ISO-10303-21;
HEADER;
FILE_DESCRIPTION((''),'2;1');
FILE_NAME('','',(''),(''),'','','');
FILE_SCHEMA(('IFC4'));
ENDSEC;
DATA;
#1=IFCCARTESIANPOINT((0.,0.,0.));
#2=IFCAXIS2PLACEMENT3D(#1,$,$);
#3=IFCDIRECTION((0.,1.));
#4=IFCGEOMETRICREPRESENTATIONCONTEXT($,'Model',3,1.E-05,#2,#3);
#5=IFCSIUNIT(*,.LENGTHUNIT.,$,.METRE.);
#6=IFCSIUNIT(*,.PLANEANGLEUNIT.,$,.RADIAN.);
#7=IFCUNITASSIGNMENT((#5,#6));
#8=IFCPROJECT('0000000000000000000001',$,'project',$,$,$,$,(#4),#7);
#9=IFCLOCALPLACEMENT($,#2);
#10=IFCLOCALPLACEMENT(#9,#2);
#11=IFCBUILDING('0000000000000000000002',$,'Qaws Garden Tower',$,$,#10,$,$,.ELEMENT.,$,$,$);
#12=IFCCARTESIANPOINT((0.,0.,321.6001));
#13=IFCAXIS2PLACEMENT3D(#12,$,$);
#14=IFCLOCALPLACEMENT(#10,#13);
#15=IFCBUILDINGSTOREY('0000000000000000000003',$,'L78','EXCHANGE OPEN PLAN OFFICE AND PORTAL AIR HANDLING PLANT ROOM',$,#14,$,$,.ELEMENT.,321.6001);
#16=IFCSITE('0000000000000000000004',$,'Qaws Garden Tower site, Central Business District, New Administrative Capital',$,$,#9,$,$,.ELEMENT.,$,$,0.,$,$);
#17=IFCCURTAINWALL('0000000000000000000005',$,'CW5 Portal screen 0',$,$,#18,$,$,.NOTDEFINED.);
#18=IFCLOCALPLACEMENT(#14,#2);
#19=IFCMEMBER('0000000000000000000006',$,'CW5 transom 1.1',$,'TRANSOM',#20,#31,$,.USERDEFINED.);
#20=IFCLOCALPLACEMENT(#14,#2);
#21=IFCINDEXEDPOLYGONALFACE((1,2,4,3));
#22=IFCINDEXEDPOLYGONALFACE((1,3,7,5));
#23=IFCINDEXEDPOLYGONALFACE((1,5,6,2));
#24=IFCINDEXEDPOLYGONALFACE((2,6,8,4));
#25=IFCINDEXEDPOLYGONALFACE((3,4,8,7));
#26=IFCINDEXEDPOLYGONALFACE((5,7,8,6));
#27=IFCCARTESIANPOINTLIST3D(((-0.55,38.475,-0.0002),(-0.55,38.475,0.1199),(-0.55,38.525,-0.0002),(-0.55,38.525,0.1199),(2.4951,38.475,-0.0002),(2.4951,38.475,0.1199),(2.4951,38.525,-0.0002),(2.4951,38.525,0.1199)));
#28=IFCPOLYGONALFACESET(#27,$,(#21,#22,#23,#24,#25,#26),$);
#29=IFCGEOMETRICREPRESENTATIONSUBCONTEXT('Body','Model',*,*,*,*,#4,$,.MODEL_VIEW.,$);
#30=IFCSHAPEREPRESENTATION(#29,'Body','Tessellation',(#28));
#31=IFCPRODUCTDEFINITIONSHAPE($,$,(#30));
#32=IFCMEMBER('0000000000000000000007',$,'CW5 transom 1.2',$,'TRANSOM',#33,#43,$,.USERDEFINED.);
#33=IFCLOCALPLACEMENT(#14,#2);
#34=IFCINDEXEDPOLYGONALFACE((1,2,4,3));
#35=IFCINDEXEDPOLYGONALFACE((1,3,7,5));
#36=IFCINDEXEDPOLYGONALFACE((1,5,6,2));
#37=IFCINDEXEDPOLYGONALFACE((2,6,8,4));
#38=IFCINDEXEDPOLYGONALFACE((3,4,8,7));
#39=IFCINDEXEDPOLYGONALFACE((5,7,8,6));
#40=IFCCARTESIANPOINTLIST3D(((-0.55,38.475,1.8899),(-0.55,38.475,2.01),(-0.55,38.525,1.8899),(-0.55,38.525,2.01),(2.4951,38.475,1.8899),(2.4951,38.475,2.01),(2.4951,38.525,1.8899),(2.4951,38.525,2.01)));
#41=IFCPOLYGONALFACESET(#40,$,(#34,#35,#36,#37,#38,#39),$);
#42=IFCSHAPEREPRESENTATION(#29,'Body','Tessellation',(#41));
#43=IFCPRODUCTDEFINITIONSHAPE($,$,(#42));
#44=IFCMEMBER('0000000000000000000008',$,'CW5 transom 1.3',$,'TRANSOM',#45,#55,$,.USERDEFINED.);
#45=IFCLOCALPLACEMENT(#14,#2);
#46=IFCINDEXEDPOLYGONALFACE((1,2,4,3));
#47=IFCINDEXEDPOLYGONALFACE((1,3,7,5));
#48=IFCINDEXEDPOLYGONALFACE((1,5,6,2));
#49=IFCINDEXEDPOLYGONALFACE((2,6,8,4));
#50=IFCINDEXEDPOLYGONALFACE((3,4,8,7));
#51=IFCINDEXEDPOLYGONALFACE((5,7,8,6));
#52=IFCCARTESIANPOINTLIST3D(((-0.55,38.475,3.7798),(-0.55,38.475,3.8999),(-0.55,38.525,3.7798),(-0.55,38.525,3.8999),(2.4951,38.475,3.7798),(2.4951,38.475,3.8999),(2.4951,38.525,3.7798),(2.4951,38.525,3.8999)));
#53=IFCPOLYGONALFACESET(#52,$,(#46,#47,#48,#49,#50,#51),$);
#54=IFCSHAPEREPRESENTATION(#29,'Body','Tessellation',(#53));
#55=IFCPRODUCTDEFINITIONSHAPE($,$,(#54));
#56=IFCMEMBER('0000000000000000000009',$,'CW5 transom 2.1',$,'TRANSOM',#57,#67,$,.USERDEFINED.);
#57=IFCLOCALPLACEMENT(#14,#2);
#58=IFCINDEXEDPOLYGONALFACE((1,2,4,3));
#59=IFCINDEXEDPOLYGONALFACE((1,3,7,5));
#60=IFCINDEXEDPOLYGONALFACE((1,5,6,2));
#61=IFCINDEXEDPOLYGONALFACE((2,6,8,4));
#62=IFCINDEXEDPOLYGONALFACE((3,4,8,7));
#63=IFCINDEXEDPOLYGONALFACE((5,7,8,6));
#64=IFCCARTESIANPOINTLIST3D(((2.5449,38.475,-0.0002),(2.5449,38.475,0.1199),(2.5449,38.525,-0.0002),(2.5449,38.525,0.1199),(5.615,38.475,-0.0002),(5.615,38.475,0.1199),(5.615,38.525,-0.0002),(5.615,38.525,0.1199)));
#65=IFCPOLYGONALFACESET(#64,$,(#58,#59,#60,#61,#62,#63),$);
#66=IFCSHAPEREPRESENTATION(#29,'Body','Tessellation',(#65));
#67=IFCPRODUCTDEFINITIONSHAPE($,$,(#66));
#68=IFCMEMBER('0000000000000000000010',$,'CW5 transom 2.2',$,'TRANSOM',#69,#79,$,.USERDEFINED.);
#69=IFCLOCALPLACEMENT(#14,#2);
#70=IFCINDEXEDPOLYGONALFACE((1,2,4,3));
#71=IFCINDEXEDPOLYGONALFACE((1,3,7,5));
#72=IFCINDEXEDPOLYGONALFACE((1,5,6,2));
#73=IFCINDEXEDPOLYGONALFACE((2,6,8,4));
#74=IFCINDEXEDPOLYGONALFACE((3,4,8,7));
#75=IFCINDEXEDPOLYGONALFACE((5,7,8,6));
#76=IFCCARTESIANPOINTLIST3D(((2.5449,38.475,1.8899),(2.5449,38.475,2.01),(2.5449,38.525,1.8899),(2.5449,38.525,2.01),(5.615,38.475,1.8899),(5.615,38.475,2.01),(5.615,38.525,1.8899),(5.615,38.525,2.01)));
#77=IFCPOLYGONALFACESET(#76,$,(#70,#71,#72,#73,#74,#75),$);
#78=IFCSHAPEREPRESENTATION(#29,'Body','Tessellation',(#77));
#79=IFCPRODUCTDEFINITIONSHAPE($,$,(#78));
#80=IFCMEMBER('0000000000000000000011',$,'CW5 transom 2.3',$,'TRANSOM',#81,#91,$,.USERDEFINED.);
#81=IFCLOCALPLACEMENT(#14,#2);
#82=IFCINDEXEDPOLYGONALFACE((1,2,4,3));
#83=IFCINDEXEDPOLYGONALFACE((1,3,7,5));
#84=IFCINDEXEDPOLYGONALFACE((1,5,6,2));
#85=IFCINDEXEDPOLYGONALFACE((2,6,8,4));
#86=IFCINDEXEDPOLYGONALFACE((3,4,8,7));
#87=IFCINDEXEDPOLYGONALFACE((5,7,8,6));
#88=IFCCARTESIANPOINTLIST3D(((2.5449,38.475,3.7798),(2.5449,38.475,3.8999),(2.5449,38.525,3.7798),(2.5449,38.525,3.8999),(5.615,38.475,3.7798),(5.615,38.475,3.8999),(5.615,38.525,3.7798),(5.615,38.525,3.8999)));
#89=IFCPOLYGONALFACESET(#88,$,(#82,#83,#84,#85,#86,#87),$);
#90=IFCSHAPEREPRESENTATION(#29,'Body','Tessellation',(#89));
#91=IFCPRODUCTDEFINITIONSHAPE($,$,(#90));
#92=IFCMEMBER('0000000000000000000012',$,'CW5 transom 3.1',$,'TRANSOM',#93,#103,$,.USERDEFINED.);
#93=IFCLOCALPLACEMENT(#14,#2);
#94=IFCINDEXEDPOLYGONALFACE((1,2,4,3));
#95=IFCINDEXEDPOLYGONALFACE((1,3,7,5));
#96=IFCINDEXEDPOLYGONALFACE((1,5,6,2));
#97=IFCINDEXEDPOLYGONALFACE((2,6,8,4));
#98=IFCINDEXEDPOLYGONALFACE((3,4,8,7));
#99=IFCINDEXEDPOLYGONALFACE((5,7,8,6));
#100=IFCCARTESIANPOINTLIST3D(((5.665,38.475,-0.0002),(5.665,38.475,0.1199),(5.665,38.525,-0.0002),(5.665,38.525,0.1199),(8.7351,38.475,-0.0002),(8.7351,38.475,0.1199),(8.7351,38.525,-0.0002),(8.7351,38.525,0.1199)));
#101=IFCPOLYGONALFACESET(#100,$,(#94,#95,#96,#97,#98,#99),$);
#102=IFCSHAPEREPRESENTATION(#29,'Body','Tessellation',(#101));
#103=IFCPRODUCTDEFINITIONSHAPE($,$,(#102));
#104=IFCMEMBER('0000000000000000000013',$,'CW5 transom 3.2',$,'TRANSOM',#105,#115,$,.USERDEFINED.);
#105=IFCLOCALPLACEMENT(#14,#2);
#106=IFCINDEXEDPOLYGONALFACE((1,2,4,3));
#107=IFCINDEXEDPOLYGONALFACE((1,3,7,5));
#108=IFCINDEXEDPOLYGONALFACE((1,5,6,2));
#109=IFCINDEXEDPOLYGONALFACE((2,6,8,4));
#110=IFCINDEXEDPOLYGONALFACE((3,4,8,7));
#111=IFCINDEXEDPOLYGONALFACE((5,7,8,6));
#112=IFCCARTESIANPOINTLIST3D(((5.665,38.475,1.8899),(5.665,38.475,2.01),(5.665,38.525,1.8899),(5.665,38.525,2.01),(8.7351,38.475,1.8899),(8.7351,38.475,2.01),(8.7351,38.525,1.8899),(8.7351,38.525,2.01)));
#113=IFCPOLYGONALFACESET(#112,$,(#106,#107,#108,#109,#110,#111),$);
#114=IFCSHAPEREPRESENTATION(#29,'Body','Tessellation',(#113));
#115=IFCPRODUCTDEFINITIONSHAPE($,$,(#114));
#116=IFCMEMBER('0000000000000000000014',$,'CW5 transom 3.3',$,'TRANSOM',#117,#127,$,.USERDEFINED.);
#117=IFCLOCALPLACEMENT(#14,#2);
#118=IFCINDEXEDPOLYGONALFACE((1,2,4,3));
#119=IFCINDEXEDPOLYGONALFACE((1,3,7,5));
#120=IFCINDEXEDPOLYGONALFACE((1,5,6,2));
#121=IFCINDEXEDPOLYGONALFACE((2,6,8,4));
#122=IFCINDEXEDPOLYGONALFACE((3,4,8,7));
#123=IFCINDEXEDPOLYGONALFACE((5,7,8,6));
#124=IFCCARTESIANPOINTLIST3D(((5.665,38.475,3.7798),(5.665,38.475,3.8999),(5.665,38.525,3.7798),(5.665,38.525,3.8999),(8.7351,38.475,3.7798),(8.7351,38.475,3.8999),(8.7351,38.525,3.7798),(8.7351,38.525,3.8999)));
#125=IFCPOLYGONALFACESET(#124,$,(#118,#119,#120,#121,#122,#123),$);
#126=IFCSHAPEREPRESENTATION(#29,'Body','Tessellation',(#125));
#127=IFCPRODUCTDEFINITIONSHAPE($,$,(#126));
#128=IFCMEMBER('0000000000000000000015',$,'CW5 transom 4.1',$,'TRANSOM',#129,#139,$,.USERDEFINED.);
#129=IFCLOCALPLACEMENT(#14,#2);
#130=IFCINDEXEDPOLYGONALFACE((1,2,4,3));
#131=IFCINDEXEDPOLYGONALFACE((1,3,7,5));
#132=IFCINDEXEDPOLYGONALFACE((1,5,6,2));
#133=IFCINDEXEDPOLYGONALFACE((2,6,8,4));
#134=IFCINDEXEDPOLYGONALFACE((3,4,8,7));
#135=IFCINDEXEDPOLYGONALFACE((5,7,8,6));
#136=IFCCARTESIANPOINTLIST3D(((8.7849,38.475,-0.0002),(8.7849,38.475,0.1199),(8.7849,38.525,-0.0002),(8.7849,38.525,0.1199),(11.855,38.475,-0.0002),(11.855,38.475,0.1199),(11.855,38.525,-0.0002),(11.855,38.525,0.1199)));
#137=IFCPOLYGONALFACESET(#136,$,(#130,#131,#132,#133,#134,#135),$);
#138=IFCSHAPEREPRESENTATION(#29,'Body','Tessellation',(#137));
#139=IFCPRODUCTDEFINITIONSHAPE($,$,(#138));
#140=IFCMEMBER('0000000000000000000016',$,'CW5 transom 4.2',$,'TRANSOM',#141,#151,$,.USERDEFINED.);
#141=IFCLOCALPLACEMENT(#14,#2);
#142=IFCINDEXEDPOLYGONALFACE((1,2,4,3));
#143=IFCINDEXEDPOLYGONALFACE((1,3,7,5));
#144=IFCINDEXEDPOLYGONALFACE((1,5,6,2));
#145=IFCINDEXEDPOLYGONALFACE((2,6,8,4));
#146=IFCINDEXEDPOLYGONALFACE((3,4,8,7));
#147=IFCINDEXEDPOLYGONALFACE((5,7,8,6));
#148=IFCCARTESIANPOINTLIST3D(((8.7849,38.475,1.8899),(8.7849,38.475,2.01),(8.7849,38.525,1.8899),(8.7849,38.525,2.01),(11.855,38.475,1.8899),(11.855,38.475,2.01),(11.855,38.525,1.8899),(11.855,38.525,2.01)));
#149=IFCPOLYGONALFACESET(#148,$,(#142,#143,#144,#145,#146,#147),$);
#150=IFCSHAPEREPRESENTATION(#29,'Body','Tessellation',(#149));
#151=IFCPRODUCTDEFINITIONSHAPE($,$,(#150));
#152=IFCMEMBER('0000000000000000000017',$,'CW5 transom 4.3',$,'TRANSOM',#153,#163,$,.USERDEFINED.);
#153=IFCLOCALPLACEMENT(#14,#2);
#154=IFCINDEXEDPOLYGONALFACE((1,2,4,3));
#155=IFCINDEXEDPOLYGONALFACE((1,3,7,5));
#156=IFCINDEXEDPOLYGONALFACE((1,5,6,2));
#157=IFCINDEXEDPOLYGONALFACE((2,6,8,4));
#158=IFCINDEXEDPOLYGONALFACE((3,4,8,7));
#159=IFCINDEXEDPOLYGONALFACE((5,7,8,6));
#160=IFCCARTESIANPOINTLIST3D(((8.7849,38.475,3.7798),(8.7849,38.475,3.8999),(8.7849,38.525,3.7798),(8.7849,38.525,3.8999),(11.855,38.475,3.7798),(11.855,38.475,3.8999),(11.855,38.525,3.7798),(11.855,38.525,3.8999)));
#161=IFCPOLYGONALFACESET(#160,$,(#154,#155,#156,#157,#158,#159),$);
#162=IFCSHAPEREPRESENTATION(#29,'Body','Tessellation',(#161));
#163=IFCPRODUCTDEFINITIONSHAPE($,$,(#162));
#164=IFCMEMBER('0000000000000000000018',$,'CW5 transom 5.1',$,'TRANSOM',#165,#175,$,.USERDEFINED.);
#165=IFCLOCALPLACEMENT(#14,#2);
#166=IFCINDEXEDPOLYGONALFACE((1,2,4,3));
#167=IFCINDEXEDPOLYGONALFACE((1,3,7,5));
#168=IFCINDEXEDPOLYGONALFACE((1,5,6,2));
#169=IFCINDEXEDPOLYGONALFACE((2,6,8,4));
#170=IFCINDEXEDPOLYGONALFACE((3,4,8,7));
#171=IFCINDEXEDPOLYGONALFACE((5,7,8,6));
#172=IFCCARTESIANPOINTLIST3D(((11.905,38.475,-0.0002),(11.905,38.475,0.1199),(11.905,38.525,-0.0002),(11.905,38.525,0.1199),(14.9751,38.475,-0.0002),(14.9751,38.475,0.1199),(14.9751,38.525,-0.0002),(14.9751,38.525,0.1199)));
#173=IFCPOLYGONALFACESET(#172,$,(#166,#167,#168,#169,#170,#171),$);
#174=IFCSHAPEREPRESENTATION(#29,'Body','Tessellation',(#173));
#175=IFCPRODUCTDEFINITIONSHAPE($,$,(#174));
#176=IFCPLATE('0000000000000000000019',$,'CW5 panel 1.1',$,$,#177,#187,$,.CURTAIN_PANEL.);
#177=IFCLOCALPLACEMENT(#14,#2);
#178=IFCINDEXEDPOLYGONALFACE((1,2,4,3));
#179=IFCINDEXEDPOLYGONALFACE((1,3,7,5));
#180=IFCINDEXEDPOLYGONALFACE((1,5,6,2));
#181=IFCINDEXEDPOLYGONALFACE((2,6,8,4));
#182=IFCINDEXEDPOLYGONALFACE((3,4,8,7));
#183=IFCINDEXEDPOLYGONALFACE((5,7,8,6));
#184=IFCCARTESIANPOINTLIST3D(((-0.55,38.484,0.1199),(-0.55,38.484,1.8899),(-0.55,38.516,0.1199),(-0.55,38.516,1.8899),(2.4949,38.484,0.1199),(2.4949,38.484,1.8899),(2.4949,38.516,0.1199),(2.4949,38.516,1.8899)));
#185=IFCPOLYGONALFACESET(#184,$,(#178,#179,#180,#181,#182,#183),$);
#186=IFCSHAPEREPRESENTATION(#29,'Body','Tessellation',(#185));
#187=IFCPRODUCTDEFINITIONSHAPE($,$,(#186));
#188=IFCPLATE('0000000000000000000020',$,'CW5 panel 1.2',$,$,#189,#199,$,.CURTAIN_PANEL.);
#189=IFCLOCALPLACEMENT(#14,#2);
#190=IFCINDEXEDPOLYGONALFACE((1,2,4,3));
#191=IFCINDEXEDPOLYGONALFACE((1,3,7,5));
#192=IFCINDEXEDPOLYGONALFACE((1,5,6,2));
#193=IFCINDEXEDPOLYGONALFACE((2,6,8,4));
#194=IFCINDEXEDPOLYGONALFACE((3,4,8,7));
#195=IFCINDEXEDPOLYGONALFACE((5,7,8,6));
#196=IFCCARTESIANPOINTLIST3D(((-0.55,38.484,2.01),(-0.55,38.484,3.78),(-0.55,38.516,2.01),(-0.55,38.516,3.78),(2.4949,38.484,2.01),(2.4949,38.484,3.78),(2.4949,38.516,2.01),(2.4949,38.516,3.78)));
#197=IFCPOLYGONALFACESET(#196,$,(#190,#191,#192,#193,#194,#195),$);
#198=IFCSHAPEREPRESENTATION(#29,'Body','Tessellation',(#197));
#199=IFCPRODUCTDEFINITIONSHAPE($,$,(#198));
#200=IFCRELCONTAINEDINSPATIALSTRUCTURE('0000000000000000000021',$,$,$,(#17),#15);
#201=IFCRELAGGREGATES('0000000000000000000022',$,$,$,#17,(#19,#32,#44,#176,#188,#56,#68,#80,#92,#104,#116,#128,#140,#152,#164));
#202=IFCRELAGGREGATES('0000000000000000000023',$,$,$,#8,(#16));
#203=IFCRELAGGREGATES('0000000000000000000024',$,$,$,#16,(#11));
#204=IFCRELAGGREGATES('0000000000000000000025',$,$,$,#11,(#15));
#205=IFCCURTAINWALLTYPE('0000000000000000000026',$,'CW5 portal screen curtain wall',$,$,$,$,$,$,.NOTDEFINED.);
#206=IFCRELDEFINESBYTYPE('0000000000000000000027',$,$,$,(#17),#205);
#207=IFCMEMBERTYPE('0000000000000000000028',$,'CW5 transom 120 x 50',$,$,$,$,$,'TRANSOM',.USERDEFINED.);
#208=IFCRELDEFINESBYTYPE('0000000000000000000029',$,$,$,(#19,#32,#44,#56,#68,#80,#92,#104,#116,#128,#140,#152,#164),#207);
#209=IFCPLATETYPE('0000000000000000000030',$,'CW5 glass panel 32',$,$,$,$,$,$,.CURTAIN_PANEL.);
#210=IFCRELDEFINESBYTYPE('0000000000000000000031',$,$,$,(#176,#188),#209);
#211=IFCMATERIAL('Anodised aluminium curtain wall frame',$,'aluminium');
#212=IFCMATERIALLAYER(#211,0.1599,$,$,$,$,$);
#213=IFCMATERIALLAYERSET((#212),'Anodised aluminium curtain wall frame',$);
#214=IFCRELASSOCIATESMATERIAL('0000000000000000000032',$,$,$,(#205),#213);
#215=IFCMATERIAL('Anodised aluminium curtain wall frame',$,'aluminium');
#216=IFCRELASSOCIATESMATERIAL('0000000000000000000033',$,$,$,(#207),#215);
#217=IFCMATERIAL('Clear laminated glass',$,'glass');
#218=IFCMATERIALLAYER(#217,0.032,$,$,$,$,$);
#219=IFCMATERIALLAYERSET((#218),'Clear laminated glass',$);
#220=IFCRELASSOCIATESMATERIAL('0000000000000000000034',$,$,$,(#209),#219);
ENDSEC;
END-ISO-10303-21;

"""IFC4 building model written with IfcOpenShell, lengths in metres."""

from ifc_helpers import new_model, si_unit, direction, frame, origin, origin_2d, place, context, subcontext, project, spatial, rectangle, extrude, material, layer, layer_set, material_profile, profile_set, type_object, element, aggregate, save


model = new_model("IFC4")

# Units and contexts
model_context = context("Model", 3, precision=1e-05, world=origin(), true_north=direction((0.0, 1.0)))
body_context = subcontext(model_context, "Body", "Model", "MODEL_VIEW")
ifc_project = project(units=[si_unit("LENGTHUNIT", "METRE"), si_unit("PLANEANGLEUNIT", "RADIAN")], contexts=[model_context])

# Site, building, storey
site_placement = place(None, origin())
site = spatial("IfcSite", under=ifc_project, at=site_placement, Name="Qaws Garden Tower site, Central Business District, New Administrative Capital", CompositionType="ELEMENT", RefElevation=0.0)
building_placement = place(site_placement, origin())
building = spatial("IfcBuilding", under=site, at=building_placement, Name="Qaws Garden Tower", CompositionType="ELEMENT")
storey_placement = place(building_placement, frame((0.0, 0.0, 321.6001)))
storey = spatial("IfcBuildingStorey", under=building, at=storey_placement, Name="L78", Description="EXCHANGE OPEN PLAN OFFICE AND PORTAL AIR HANDLING PLANT ROOM", CompositionType="ELEMENT", Elevation=321.6001)

# Curtain wall, members, plates
ifc_material_1 = material(Name="Anodised aluminium curtain wall frame", Category="aluminium")
ifc_layer_1 = layer(ifc_material_1, 0.1599)
ifc_layer_set_1 = layer_set([ifc_layer_1], Name="Anodised aluminium curtain wall frame")
curtain_wall_type = type_object("IfcCurtainWallType", Name="CW5 portal screen curtain wall", PredefinedType="NOTDEFINED", material=ifc_layer_set_1)
curtain_wall_placement = place(storey_placement, origin())
curtain_wall = element("IfcCurtainWall", 1, at=curtain_wall_placement, inside=storey, type_object=curtain_wall_type, Name="CW5 Portal screen 0", PredefinedType="NOTDEFINED")
ifc_material_2 = material(Name="Anodised aluminium curtain wall frame", Category="aluminium")
ifc_material_profile = material_profile(ifc_material_2, rectangle(XDim=0.05, YDim=0.1201, at=origin_2d()), Name="AL 50x120")
ifc_profile_set = profile_set([ifc_material_profile], Name="Anodised aluminium curtain wall frame")
member_type = type_object("IfcMemberType", Name="CW5 transom 120 x 50", ElementType="TRANSOM", PredefinedType="USERDEFINED", material=ifc_profile_set)
member_1_placement = place(storey_placement, frame((-0.55, 38.5, 0.0598), z_axis=(1.0, 0.0, 0.0), x_axis=(0.0, 1.0, 0.0)))
member_1 = element("IfcMember", 2, at=member_1_placement, type_object=member_type, Name="CW5 transom 1.1", ObjectType="TRANSOM", PredefinedType="USERDEFINED", context=body_context, shape_type="SweptSolid", body=[
    extrude(rectangle(XDim=0.05, YDim=0.1201, at=origin_2d()), origin(), (0.0, 0.0, 1.0), 3.0452),
])
member_2_placement = place(storey_placement, frame((-0.55, 38.5, 1.95), z_axis=(1.0, 0.0, 0.0), x_axis=(0.0, 1.0, 0.0)))
member_2 = element("IfcMember", 3, at=member_2_placement, type_object=member_type, Name="CW5 transom 1.2", ObjectType="TRANSOM", PredefinedType="USERDEFINED", context=body_context, shape_type="SweptSolid", body=[
    extrude(rectangle(XDim=0.05, YDim=0.1201, at=origin_2d()), origin(), (0.0, 0.0, 1.0), 3.0452),
])
member_3_placement = place(storey_placement, frame((-0.55, 38.5, 3.8398), z_axis=(1.0, 0.0, 0.0), x_axis=(0.0, 1.0, 0.0)))
member_3 = element("IfcMember", 4, at=member_3_placement, type_object=member_type, Name="CW5 transom 1.3", ObjectType="TRANSOM", PredefinedType="USERDEFINED", context=body_context, shape_type="SweptSolid", body=[
    extrude(rectangle(XDim=0.05, YDim=0.1201, at=origin_2d()), origin(), (0.0, 0.0, 1.0), 3.0452),
])
member_4_placement = place(storey_placement, frame((2.5449, 38.5, 0.0598), z_axis=(1.0, 0.0, 0.0), x_axis=(0.0, 1.0, 0.0)))
member_4 = element("IfcMember", 5, at=member_4_placement, type_object=member_type, Name="CW5 transom 2.1", ObjectType="TRANSOM", PredefinedType="USERDEFINED", context=body_context, shape_type="SweptSolid", body=[
    extrude(rectangle(XDim=0.05, YDim=0.1201, at=origin_2d()), origin(), (0.0, 0.0, 1.0), 3.0701),
])
member_5_placement = place(storey_placement, frame((2.5449, 38.5, 1.95), z_axis=(1.0, 0.0, 0.0), x_axis=(0.0, 1.0, 0.0)))
member_5 = element("IfcMember", 6, at=member_5_placement, type_object=member_type, Name="CW5 transom 2.2", ObjectType="TRANSOM", PredefinedType="USERDEFINED", context=body_context, shape_type="SweptSolid", body=[
    extrude(rectangle(XDim=0.05, YDim=0.1201, at=origin_2d()), origin(), (0.0, 0.0, 1.0), 3.0701),
])
member_6_placement = place(storey_placement, frame((2.5449, 38.5, 3.8398), z_axis=(1.0, 0.0, 0.0), x_axis=(0.0, 1.0, 0.0)))
member_6 = element("IfcMember", 7, at=member_6_placement, type_object=member_type, Name="CW5 transom 2.3", ObjectType="TRANSOM", PredefinedType="USERDEFINED", context=body_context, shape_type="SweptSolid", body=[
    extrude(rectangle(XDim=0.05, YDim=0.1201, at=origin_2d()), origin(), (0.0, 0.0, 1.0), 3.0701),
])
member_7_placement = place(storey_placement, frame((5.665, 38.5, 0.0598), z_axis=(1.0, 0.0, 0.0), x_axis=(0.0, 1.0, 0.0)))
member_7 = element("IfcMember", 8, at=member_7_placement, type_object=member_type, Name="CW5 transom 3.1", ObjectType="TRANSOM", PredefinedType="USERDEFINED", context=body_context, shape_type="SweptSolid", body=[
    extrude(rectangle(XDim=0.05, YDim=0.1201, at=origin_2d()), origin(), (0.0, 0.0, 1.0), 3.0701),
])
member_8_placement = place(storey_placement, frame((5.665, 38.5, 1.95), z_axis=(1.0, 0.0, 0.0), x_axis=(0.0, 1.0, 0.0)))
member_8 = element("IfcMember", 9, at=member_8_placement, type_object=member_type, Name="CW5 transom 3.2", ObjectType="TRANSOM", PredefinedType="USERDEFINED", context=body_context, shape_type="SweptSolid", body=[
    extrude(rectangle(XDim=0.05, YDim=0.1201, at=origin_2d()), origin(), (0.0, 0.0, 1.0), 3.0701),
])
member_9_placement = place(storey_placement, frame((5.665, 38.5, 3.8398), z_axis=(1.0, 0.0, 0.0), x_axis=(0.0, 1.0, 0.0)))
member_9 = element("IfcMember", 10, at=member_9_placement, type_object=member_type, Name="CW5 transom 3.3", ObjectType="TRANSOM", PredefinedType="USERDEFINED", context=body_context, shape_type="SweptSolid", body=[
    extrude(rectangle(XDim=0.05, YDim=0.1201, at=origin_2d()), origin(), (0.0, 0.0, 1.0), 3.0701),
])
member_10_placement = place(storey_placement, frame((8.7849, 38.5, 0.0598), z_axis=(1.0, 0.0, 0.0), x_axis=(0.0, 1.0, 0.0)))
member_10 = element("IfcMember", 11, at=member_10_placement, type_object=member_type, Name="CW5 transom 4.1", ObjectType="TRANSOM", PredefinedType="USERDEFINED", context=body_context, shape_type="SweptSolid", body=[
    extrude(rectangle(XDim=0.05, YDim=0.1201, at=origin_2d()), origin(), (0.0, 0.0, 1.0), 3.0701),
])
member_11_placement = place(storey_placement, frame((8.7849, 38.5, 1.95), z_axis=(1.0, 0.0, 0.0), x_axis=(0.0, 1.0, 0.0)))
member_11 = element("IfcMember", 12, at=member_11_placement, type_object=member_type, Name="CW5 transom 4.2", ObjectType="TRANSOM", PredefinedType="USERDEFINED", context=body_context, shape_type="SweptSolid", body=[
    extrude(rectangle(XDim=0.05, YDim=0.1201, at=origin_2d()), origin(), (0.0, 0.0, 1.0), 3.0701),
])
member_12_placement = place(storey_placement, frame((8.7849, 38.5, 3.8398), z_axis=(1.0, 0.0, 0.0), x_axis=(0.0, 1.0, 0.0)))
member_12 = element("IfcMember", 13, at=member_12_placement, type_object=member_type, Name="CW5 transom 4.3", ObjectType="TRANSOM", PredefinedType="USERDEFINED", context=body_context, shape_type="SweptSolid", body=[
    extrude(rectangle(XDim=0.05, YDim=0.1201, at=origin_2d()), origin(), (0.0, 0.0, 1.0), 3.0701),
])
member_13_placement = place(storey_placement, frame((11.905, 38.5, 0.0598), z_axis=(1.0, 0.0, 0.0), x_axis=(0.0, 1.0, 0.0)))
member_13 = element("IfcMember", 14, at=member_13_placement, type_object=member_type, Name="CW5 transom 5.1", ObjectType="TRANSOM", PredefinedType="USERDEFINED", context=body_context, shape_type="SweptSolid", body=[
    extrude(rectangle(XDim=0.05, YDim=0.1201, at=origin_2d()), origin(), (0.0, 0.0, 1.0), 3.0701),
])
ifc_material_3 = material(Name="Clear laminated glass", Category="glass")
ifc_layer_2 = layer(ifc_material_3, 0.032)
ifc_layer_set_2 = layer_set([ifc_layer_2], Name="Clear laminated glass")
plate_type = type_object("IfcPlateType", Name="CW5 glass panel 32", PredefinedType="CURTAIN_PANEL", material=ifc_layer_set_2)
plate_1_placement = place(storey_placement, frame((0.9724, 38.5, 0.1199), z_axis=(0.0, 0.0, 1.0), x_axis=(1.0, 0.0, 0.0)))
plate_1 = element("IfcPlate", 15, at=plate_1_placement, type_object=plate_type, Name="CW5 panel 1.1", PredefinedType="CURTAIN_PANEL", context=body_context, shape_type="SweptSolid", body=[
    extrude(rectangle(XDim=3.0449, YDim=0.032, at=origin_2d()), origin(), (0.0, 0.0, 1.0), 1.77),
])
plate_2_placement = place(storey_placement, frame((0.9724, 38.5, 2.01), z_axis=(0.0, 0.0, 1.0), x_axis=(1.0, 0.0, 0.0)))
plate_2 = element("IfcPlate", 16, at=plate_2_placement, type_object=plate_type, Name="CW5 panel 1.2", PredefinedType="CURTAIN_PANEL", context=body_context, shape_type="SweptSolid", body=[
    extrude(rectangle(XDim=3.0449, YDim=0.032, at=origin_2d()), origin(), (0.0, 0.0, 1.0), 1.77),
])
aggregate(curtain_wall, [member_1, member_2, member_3, plate_1, plate_2, member_4, member_5, member_6, member_7, member_8, member_9, member_10, member_11, member_12, member_13])

save(model, "model.ifc")
